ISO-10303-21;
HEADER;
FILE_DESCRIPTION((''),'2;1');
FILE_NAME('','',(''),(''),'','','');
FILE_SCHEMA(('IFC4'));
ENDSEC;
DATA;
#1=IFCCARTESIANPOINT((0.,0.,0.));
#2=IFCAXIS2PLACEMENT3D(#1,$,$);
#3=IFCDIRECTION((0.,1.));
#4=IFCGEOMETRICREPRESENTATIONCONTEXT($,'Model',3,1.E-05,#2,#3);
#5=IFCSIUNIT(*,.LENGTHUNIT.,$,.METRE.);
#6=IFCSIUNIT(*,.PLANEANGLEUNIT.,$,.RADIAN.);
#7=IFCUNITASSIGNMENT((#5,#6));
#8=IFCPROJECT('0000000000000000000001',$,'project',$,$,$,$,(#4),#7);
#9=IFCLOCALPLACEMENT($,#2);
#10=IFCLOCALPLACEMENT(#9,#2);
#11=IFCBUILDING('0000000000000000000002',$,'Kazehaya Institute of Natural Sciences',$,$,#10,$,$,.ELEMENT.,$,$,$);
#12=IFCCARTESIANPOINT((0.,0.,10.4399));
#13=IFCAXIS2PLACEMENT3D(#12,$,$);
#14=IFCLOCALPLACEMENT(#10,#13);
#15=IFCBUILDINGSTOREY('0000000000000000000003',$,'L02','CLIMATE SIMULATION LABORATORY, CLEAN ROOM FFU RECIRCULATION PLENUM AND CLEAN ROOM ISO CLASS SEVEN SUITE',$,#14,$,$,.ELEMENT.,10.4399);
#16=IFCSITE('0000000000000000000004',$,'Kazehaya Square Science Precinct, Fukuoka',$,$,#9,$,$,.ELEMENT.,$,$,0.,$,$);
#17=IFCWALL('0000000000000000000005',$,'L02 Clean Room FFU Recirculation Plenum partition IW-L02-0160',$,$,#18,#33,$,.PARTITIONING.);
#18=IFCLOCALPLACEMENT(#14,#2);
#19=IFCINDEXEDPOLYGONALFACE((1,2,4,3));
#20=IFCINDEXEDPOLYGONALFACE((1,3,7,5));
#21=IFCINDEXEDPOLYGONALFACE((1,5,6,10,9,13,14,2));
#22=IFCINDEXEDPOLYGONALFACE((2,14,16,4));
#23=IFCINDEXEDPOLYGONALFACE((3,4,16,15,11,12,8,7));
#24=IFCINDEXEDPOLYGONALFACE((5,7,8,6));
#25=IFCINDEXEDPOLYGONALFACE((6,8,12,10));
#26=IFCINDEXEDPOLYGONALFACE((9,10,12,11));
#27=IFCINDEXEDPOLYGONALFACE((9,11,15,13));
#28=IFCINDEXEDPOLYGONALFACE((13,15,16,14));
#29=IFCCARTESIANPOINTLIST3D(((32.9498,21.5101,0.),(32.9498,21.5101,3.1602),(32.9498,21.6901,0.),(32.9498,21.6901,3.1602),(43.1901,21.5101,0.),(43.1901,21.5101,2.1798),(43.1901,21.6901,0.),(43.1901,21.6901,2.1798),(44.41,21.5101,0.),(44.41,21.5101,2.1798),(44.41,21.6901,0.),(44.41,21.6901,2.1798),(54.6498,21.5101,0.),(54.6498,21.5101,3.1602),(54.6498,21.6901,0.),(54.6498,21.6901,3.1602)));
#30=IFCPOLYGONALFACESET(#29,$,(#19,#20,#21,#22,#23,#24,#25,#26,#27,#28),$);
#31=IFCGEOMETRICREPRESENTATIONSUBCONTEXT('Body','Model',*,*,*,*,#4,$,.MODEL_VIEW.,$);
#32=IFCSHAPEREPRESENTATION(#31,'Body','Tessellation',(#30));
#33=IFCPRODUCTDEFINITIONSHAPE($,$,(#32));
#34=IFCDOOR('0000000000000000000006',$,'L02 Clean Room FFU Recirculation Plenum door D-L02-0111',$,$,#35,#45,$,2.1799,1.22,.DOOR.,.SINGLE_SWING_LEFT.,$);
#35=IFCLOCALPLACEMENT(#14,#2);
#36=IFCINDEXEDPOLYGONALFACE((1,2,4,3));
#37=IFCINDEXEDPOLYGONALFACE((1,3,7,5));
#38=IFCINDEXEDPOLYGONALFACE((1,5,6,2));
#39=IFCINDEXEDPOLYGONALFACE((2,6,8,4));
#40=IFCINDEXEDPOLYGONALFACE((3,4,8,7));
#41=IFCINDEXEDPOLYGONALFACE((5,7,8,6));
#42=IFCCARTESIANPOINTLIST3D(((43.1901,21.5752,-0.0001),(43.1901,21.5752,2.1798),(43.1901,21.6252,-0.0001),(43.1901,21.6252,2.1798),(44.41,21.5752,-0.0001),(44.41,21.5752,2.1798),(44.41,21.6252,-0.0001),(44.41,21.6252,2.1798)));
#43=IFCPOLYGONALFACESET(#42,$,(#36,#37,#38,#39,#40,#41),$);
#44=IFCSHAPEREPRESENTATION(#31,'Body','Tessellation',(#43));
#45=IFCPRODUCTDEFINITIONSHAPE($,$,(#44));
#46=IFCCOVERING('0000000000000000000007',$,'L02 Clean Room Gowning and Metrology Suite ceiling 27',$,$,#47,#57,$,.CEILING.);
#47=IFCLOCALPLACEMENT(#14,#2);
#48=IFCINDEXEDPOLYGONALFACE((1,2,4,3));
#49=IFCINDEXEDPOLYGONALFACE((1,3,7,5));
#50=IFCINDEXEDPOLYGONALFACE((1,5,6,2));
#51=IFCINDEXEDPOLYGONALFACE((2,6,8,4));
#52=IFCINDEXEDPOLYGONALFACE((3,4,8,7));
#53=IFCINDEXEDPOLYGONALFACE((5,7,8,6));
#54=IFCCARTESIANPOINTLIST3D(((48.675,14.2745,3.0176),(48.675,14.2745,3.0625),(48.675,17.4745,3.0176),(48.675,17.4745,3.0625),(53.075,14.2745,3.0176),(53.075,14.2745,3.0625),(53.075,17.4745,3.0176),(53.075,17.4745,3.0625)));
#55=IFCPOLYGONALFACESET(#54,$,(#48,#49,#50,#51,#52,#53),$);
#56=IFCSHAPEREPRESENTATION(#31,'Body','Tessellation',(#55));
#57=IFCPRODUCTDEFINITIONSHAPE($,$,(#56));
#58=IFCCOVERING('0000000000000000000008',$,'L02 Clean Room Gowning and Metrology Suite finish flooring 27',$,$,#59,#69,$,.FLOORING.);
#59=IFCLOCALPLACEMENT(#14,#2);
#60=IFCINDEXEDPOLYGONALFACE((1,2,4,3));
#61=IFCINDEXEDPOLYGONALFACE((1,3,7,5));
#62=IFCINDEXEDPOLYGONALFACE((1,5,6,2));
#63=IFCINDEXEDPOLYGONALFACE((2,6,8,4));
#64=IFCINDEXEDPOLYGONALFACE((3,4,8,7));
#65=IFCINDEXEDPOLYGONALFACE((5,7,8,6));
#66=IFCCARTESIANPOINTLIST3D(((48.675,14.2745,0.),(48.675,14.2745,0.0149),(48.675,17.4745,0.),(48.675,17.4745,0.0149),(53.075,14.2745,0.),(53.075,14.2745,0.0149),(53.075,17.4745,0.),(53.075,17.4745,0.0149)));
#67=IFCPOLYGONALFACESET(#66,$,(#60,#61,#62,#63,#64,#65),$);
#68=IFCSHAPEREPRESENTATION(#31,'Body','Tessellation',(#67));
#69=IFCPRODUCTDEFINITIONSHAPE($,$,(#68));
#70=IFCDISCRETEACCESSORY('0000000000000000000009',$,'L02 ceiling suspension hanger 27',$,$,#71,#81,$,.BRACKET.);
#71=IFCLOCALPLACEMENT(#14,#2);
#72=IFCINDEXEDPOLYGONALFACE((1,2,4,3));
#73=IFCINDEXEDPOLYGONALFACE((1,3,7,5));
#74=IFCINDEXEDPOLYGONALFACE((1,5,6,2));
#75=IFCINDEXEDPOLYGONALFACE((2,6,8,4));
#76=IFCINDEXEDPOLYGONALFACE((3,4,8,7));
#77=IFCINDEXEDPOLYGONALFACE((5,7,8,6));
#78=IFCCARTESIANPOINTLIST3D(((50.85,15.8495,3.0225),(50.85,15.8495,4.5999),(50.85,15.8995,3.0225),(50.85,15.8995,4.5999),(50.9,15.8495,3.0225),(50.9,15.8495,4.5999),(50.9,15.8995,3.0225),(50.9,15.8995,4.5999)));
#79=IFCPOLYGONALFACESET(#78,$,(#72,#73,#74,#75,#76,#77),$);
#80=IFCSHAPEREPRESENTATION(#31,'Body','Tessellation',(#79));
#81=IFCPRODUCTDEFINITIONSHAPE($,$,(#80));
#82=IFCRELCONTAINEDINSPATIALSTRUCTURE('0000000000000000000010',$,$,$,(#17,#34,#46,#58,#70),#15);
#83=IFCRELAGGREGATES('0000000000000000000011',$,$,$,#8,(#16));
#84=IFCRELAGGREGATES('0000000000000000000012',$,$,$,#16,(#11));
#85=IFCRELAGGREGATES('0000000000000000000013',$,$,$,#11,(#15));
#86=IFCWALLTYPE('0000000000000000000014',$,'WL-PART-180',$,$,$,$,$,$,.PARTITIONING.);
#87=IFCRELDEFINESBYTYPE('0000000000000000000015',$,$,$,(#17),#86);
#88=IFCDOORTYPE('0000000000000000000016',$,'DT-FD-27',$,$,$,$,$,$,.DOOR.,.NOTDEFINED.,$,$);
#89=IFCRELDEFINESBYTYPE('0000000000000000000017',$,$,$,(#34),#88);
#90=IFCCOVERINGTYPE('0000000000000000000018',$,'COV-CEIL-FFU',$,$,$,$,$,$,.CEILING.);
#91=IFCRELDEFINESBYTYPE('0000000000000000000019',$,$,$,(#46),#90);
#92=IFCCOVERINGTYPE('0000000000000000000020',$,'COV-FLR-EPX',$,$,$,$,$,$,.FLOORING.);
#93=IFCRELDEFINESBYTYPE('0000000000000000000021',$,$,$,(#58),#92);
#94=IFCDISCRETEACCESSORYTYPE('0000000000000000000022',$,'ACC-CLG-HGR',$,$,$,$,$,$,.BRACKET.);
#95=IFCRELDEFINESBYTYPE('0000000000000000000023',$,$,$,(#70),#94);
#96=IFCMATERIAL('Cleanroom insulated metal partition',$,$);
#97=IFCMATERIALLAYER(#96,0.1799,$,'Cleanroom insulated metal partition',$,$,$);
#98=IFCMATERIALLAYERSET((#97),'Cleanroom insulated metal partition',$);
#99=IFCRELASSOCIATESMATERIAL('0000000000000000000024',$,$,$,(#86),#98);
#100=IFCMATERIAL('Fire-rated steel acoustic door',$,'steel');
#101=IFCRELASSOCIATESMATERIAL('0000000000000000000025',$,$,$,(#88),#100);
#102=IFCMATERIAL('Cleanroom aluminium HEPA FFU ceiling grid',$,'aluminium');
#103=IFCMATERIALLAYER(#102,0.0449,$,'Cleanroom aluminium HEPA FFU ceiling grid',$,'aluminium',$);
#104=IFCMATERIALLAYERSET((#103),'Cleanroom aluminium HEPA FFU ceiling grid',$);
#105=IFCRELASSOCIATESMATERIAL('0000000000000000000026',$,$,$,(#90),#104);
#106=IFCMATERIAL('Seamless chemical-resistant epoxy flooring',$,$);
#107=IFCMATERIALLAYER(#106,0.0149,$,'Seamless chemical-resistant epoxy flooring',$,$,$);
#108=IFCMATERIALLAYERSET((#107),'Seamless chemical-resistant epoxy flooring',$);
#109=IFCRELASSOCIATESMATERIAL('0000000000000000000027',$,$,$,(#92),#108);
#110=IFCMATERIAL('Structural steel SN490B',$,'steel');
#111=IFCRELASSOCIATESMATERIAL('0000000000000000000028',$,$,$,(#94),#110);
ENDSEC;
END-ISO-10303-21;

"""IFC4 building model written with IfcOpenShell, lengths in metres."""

from ifc_helpers import new_model, si_unit, direction, frame, frame_2d, origin, origin_2d, place, context, subcontext, project, spatial, rectangle, extrude, material, layer, layer_set, type_object, element, fill, save


model = new_model("IFC4")

# Units and contexts
model_context = context("Model", 3, precision=1e-05, world=origin(), true_north=direction((0.0, 1.0)))
body_context = subcontext(model_context, "Body", "Model", "MODEL_VIEW")
ifc_project = project(units=[si_unit("LENGTHUNIT", "METRE"), si_unit("PLANEANGLEUNIT", "RADIAN")], contexts=[model_context])

# Site, building, storey
site_placement = place(None, origin())
site = spatial("IfcSite", under=ifc_project, at=site_placement, Name="Kazehaya Square Science Precinct, Fukuoka", CompositionType="ELEMENT", RefElevation=0.0)
building_placement = place(site_placement, origin())
building = spatial("IfcBuilding", under=site, at=building_placement, Name="Kazehaya Institute of Natural Sciences", CompositionType="ELEMENT")
storey_placement = place(building_placement, frame((0.0, 0.0, 10.4399)))
storey = spatial("IfcBuildingStorey", under=building, at=storey_placement, Name="L02", Description="CLIMATE SIMULATION LABORATORY, CLEAN ROOM FFU RECIRCULATION PLENUM AND CLEAN ROOM ISO CLASS SEVEN SUITE", CompositionType="ELEMENT", Elevation=10.4399)

# Wall, opening, door
ifc_material_1 = material(Name="Cleanroom insulated metal partition")
ifc_layer_1 = layer(ifc_material_1, 0.1799, Name="Cleanroom insulated metal partition")
ifc_layer_set_1 = layer_set([ifc_layer_1], Name="Cleanroom insulated metal partition")
wall_type_1 = type_object("IfcWallType", Name="WL-PART-180", PredefinedType="PARTITIONING", material=ifc_layer_set_1)
wall_1_placement = place(storey_placement, frame((54.6499, 21.6001, 0.0), z_axis=(0.0, 0.0, 1.0), x_axis=(-1.0, 0.0, 0.0)))
wall_1 = element("IfcWall", 1, at=wall_1_placement, inside=storey, type_object=wall_type_1, Name="L02 Clean Room FFU Recirculation Plenum partition IW-L02-0160", PredefinedType="PARTITIONING", context=body_context, shape_type="SweptSolid", body=[
    extrude(rectangle(XDim=21.7, YDim=0.1799, at=frame_2d((10.8501, 0.0))), origin(), (0.0, 0.0, 1.0), 3.1602),
])
opening_1_placement = place(wall_1_placement, frame((10.24, 0.0, 0.0)))
opening_1 = element("IfcOpeningElement", 2, at=opening_1_placement, cuts=wall_1, PredefinedType="OPENING", context=body_context, shape_type="SweptSolid", body=[
    extrude(rectangle(XDim=1.22, YDim=2.1799, at=frame_2d((0.6099, 1.0898))), frame((0.0, 0.0999, 0.0), z_axis=(0.0, -1.0, 0.0), x_axis=(1.0, 0.0, 0.0)), (0.0, 0.0, 1.0), 0.2),
])
ifc_material_2 = material(Name="Fire-rated steel acoustic door", Category="steel")
door_type_1 = type_object("IfcDoorType", Name="DT-FD-27", OperationType="NOTDEFINED", PredefinedType="DOOR", material=ifc_material_2)
door_1_placement = place(opening_1_placement, origin())
door_1 = element("IfcDoor", 3, at=door_1_placement, inside=storey, type_object=door_type_1, Name="L02 Clean Room FFU Recirculation Plenum door D-L02-0111", OperationType="SINGLE_SWING_LEFT", OverallHeight=2.1799, OverallWidth=1.22, PredefinedType="DOOR", context=body_context, shape_type="SweptSolid", body=[
    extrude(rectangle(XDim=1.22, YDim=2.1799, at=frame_2d((0.6099, 1.0898))), frame((0.0, 0.0249, 0.0), z_axis=(0.0, -1.0, 0.0), x_axis=(1.0, 0.0, 0.0)), (0.0, 0.0, 1.0), 0.05),
])
fill(opening_1, door_1)

# Coverings
ifc_material_3 = material(Name="Cleanroom aluminium HEPA FFU ceiling grid", Category="aluminium")
ifc_layer_2 = layer(ifc_material_3, 0.0449, Name="Cleanroom aluminium HEPA FFU ceiling grid", Category="aluminium")
ifc_layer_set_2 = layer_set([ifc_layer_2], Name="Cleanroom aluminium HEPA FFU ceiling grid")
covering_type_1 = type_object("IfcCoveringType", Name="COV-CEIL-FFU", PredefinedType="CEILING", material=ifc_layer_set_2)
covering_1_placement = place(storey_placement, frame((50.875, 15.8745, 3.0176), z_axis=(0.0, 0.0, 1.0), x_axis=(1.0, 0.0, 0.0)))
element("IfcCovering", 4, at=covering_1_placement, inside=storey, type_object=covering_type_1, Name="L02 Clean Room Gowning and Metrology Suite ceiling 27", PredefinedType="CEILING", context=body_context, shape_type="SweptSolid", body=[
    extrude(rectangle(XDim=4.3999, YDim=3.2, at=origin_2d()), origin(), (0.0, 0.0, 1.0), 0.0449),
])
ifc_material_4 = material(Name="Seamless chemical-resistant epoxy flooring")
ifc_layer_3 = layer(ifc_material_4, 0.0149, Name="Seamless chemical-resistant epoxy flooring")
ifc_layer_set_3 = layer_set([ifc_layer_3], Name="Seamless chemical-resistant epoxy flooring")
covering_type_2 = type_object("IfcCoveringType", Name="COV-FLR-EPX", PredefinedType="FLOORING", material=ifc_layer_set_3)
covering_2_placement = place(storey_placement, frame((50.875, 15.8745, 0.0), z_axis=(0.0, 0.0, 1.0), x_axis=(1.0, 0.0, 0.0)))
element("IfcCovering", 5, at=covering_2_placement, inside=storey, type_object=covering_type_2, Name="L02 Clean Room Gowning and Metrology Suite finish flooring 27", PredefinedType="FLOORING", context=body_context, shape_type="SweptSolid", body=[
    extrude(rectangle(XDim=4.3999, YDim=3.2, at=origin_2d()), origin(), (0.0, 0.0, 1.0), 0.0149),
])

# Discrete accessory
ifc_material_5 = material(Name="Structural steel SN490B", Category="steel")
discrete_accessory_type = type_object("IfcDiscreteAccessoryType", Name="ACC-CLG-HGR", PredefinedType="BRACKET", material=ifc_material_5)
discrete_accessory_placement = place(storey_placement, frame((50.875, 15.8745, 3.0225), z_axis=(0.0, 0.0, 1.0), x_axis=(1.0, 0.0, 0.0)))
element("IfcDiscreteAccessory", 6, at=discrete_accessory_placement, inside=storey, type_object=discrete_accessory_type, Name="L02 ceiling suspension hanger 27", PredefinedType="BRACKET", context=body_context, shape_type="SweptSolid", body=[
    extrude(rectangle(XDim=0.05, YDim=0.05, at=origin_2d()), origin(), (0.0, 0.0, 1.0), 1.5774),
])

save(model, "model.ifc")
